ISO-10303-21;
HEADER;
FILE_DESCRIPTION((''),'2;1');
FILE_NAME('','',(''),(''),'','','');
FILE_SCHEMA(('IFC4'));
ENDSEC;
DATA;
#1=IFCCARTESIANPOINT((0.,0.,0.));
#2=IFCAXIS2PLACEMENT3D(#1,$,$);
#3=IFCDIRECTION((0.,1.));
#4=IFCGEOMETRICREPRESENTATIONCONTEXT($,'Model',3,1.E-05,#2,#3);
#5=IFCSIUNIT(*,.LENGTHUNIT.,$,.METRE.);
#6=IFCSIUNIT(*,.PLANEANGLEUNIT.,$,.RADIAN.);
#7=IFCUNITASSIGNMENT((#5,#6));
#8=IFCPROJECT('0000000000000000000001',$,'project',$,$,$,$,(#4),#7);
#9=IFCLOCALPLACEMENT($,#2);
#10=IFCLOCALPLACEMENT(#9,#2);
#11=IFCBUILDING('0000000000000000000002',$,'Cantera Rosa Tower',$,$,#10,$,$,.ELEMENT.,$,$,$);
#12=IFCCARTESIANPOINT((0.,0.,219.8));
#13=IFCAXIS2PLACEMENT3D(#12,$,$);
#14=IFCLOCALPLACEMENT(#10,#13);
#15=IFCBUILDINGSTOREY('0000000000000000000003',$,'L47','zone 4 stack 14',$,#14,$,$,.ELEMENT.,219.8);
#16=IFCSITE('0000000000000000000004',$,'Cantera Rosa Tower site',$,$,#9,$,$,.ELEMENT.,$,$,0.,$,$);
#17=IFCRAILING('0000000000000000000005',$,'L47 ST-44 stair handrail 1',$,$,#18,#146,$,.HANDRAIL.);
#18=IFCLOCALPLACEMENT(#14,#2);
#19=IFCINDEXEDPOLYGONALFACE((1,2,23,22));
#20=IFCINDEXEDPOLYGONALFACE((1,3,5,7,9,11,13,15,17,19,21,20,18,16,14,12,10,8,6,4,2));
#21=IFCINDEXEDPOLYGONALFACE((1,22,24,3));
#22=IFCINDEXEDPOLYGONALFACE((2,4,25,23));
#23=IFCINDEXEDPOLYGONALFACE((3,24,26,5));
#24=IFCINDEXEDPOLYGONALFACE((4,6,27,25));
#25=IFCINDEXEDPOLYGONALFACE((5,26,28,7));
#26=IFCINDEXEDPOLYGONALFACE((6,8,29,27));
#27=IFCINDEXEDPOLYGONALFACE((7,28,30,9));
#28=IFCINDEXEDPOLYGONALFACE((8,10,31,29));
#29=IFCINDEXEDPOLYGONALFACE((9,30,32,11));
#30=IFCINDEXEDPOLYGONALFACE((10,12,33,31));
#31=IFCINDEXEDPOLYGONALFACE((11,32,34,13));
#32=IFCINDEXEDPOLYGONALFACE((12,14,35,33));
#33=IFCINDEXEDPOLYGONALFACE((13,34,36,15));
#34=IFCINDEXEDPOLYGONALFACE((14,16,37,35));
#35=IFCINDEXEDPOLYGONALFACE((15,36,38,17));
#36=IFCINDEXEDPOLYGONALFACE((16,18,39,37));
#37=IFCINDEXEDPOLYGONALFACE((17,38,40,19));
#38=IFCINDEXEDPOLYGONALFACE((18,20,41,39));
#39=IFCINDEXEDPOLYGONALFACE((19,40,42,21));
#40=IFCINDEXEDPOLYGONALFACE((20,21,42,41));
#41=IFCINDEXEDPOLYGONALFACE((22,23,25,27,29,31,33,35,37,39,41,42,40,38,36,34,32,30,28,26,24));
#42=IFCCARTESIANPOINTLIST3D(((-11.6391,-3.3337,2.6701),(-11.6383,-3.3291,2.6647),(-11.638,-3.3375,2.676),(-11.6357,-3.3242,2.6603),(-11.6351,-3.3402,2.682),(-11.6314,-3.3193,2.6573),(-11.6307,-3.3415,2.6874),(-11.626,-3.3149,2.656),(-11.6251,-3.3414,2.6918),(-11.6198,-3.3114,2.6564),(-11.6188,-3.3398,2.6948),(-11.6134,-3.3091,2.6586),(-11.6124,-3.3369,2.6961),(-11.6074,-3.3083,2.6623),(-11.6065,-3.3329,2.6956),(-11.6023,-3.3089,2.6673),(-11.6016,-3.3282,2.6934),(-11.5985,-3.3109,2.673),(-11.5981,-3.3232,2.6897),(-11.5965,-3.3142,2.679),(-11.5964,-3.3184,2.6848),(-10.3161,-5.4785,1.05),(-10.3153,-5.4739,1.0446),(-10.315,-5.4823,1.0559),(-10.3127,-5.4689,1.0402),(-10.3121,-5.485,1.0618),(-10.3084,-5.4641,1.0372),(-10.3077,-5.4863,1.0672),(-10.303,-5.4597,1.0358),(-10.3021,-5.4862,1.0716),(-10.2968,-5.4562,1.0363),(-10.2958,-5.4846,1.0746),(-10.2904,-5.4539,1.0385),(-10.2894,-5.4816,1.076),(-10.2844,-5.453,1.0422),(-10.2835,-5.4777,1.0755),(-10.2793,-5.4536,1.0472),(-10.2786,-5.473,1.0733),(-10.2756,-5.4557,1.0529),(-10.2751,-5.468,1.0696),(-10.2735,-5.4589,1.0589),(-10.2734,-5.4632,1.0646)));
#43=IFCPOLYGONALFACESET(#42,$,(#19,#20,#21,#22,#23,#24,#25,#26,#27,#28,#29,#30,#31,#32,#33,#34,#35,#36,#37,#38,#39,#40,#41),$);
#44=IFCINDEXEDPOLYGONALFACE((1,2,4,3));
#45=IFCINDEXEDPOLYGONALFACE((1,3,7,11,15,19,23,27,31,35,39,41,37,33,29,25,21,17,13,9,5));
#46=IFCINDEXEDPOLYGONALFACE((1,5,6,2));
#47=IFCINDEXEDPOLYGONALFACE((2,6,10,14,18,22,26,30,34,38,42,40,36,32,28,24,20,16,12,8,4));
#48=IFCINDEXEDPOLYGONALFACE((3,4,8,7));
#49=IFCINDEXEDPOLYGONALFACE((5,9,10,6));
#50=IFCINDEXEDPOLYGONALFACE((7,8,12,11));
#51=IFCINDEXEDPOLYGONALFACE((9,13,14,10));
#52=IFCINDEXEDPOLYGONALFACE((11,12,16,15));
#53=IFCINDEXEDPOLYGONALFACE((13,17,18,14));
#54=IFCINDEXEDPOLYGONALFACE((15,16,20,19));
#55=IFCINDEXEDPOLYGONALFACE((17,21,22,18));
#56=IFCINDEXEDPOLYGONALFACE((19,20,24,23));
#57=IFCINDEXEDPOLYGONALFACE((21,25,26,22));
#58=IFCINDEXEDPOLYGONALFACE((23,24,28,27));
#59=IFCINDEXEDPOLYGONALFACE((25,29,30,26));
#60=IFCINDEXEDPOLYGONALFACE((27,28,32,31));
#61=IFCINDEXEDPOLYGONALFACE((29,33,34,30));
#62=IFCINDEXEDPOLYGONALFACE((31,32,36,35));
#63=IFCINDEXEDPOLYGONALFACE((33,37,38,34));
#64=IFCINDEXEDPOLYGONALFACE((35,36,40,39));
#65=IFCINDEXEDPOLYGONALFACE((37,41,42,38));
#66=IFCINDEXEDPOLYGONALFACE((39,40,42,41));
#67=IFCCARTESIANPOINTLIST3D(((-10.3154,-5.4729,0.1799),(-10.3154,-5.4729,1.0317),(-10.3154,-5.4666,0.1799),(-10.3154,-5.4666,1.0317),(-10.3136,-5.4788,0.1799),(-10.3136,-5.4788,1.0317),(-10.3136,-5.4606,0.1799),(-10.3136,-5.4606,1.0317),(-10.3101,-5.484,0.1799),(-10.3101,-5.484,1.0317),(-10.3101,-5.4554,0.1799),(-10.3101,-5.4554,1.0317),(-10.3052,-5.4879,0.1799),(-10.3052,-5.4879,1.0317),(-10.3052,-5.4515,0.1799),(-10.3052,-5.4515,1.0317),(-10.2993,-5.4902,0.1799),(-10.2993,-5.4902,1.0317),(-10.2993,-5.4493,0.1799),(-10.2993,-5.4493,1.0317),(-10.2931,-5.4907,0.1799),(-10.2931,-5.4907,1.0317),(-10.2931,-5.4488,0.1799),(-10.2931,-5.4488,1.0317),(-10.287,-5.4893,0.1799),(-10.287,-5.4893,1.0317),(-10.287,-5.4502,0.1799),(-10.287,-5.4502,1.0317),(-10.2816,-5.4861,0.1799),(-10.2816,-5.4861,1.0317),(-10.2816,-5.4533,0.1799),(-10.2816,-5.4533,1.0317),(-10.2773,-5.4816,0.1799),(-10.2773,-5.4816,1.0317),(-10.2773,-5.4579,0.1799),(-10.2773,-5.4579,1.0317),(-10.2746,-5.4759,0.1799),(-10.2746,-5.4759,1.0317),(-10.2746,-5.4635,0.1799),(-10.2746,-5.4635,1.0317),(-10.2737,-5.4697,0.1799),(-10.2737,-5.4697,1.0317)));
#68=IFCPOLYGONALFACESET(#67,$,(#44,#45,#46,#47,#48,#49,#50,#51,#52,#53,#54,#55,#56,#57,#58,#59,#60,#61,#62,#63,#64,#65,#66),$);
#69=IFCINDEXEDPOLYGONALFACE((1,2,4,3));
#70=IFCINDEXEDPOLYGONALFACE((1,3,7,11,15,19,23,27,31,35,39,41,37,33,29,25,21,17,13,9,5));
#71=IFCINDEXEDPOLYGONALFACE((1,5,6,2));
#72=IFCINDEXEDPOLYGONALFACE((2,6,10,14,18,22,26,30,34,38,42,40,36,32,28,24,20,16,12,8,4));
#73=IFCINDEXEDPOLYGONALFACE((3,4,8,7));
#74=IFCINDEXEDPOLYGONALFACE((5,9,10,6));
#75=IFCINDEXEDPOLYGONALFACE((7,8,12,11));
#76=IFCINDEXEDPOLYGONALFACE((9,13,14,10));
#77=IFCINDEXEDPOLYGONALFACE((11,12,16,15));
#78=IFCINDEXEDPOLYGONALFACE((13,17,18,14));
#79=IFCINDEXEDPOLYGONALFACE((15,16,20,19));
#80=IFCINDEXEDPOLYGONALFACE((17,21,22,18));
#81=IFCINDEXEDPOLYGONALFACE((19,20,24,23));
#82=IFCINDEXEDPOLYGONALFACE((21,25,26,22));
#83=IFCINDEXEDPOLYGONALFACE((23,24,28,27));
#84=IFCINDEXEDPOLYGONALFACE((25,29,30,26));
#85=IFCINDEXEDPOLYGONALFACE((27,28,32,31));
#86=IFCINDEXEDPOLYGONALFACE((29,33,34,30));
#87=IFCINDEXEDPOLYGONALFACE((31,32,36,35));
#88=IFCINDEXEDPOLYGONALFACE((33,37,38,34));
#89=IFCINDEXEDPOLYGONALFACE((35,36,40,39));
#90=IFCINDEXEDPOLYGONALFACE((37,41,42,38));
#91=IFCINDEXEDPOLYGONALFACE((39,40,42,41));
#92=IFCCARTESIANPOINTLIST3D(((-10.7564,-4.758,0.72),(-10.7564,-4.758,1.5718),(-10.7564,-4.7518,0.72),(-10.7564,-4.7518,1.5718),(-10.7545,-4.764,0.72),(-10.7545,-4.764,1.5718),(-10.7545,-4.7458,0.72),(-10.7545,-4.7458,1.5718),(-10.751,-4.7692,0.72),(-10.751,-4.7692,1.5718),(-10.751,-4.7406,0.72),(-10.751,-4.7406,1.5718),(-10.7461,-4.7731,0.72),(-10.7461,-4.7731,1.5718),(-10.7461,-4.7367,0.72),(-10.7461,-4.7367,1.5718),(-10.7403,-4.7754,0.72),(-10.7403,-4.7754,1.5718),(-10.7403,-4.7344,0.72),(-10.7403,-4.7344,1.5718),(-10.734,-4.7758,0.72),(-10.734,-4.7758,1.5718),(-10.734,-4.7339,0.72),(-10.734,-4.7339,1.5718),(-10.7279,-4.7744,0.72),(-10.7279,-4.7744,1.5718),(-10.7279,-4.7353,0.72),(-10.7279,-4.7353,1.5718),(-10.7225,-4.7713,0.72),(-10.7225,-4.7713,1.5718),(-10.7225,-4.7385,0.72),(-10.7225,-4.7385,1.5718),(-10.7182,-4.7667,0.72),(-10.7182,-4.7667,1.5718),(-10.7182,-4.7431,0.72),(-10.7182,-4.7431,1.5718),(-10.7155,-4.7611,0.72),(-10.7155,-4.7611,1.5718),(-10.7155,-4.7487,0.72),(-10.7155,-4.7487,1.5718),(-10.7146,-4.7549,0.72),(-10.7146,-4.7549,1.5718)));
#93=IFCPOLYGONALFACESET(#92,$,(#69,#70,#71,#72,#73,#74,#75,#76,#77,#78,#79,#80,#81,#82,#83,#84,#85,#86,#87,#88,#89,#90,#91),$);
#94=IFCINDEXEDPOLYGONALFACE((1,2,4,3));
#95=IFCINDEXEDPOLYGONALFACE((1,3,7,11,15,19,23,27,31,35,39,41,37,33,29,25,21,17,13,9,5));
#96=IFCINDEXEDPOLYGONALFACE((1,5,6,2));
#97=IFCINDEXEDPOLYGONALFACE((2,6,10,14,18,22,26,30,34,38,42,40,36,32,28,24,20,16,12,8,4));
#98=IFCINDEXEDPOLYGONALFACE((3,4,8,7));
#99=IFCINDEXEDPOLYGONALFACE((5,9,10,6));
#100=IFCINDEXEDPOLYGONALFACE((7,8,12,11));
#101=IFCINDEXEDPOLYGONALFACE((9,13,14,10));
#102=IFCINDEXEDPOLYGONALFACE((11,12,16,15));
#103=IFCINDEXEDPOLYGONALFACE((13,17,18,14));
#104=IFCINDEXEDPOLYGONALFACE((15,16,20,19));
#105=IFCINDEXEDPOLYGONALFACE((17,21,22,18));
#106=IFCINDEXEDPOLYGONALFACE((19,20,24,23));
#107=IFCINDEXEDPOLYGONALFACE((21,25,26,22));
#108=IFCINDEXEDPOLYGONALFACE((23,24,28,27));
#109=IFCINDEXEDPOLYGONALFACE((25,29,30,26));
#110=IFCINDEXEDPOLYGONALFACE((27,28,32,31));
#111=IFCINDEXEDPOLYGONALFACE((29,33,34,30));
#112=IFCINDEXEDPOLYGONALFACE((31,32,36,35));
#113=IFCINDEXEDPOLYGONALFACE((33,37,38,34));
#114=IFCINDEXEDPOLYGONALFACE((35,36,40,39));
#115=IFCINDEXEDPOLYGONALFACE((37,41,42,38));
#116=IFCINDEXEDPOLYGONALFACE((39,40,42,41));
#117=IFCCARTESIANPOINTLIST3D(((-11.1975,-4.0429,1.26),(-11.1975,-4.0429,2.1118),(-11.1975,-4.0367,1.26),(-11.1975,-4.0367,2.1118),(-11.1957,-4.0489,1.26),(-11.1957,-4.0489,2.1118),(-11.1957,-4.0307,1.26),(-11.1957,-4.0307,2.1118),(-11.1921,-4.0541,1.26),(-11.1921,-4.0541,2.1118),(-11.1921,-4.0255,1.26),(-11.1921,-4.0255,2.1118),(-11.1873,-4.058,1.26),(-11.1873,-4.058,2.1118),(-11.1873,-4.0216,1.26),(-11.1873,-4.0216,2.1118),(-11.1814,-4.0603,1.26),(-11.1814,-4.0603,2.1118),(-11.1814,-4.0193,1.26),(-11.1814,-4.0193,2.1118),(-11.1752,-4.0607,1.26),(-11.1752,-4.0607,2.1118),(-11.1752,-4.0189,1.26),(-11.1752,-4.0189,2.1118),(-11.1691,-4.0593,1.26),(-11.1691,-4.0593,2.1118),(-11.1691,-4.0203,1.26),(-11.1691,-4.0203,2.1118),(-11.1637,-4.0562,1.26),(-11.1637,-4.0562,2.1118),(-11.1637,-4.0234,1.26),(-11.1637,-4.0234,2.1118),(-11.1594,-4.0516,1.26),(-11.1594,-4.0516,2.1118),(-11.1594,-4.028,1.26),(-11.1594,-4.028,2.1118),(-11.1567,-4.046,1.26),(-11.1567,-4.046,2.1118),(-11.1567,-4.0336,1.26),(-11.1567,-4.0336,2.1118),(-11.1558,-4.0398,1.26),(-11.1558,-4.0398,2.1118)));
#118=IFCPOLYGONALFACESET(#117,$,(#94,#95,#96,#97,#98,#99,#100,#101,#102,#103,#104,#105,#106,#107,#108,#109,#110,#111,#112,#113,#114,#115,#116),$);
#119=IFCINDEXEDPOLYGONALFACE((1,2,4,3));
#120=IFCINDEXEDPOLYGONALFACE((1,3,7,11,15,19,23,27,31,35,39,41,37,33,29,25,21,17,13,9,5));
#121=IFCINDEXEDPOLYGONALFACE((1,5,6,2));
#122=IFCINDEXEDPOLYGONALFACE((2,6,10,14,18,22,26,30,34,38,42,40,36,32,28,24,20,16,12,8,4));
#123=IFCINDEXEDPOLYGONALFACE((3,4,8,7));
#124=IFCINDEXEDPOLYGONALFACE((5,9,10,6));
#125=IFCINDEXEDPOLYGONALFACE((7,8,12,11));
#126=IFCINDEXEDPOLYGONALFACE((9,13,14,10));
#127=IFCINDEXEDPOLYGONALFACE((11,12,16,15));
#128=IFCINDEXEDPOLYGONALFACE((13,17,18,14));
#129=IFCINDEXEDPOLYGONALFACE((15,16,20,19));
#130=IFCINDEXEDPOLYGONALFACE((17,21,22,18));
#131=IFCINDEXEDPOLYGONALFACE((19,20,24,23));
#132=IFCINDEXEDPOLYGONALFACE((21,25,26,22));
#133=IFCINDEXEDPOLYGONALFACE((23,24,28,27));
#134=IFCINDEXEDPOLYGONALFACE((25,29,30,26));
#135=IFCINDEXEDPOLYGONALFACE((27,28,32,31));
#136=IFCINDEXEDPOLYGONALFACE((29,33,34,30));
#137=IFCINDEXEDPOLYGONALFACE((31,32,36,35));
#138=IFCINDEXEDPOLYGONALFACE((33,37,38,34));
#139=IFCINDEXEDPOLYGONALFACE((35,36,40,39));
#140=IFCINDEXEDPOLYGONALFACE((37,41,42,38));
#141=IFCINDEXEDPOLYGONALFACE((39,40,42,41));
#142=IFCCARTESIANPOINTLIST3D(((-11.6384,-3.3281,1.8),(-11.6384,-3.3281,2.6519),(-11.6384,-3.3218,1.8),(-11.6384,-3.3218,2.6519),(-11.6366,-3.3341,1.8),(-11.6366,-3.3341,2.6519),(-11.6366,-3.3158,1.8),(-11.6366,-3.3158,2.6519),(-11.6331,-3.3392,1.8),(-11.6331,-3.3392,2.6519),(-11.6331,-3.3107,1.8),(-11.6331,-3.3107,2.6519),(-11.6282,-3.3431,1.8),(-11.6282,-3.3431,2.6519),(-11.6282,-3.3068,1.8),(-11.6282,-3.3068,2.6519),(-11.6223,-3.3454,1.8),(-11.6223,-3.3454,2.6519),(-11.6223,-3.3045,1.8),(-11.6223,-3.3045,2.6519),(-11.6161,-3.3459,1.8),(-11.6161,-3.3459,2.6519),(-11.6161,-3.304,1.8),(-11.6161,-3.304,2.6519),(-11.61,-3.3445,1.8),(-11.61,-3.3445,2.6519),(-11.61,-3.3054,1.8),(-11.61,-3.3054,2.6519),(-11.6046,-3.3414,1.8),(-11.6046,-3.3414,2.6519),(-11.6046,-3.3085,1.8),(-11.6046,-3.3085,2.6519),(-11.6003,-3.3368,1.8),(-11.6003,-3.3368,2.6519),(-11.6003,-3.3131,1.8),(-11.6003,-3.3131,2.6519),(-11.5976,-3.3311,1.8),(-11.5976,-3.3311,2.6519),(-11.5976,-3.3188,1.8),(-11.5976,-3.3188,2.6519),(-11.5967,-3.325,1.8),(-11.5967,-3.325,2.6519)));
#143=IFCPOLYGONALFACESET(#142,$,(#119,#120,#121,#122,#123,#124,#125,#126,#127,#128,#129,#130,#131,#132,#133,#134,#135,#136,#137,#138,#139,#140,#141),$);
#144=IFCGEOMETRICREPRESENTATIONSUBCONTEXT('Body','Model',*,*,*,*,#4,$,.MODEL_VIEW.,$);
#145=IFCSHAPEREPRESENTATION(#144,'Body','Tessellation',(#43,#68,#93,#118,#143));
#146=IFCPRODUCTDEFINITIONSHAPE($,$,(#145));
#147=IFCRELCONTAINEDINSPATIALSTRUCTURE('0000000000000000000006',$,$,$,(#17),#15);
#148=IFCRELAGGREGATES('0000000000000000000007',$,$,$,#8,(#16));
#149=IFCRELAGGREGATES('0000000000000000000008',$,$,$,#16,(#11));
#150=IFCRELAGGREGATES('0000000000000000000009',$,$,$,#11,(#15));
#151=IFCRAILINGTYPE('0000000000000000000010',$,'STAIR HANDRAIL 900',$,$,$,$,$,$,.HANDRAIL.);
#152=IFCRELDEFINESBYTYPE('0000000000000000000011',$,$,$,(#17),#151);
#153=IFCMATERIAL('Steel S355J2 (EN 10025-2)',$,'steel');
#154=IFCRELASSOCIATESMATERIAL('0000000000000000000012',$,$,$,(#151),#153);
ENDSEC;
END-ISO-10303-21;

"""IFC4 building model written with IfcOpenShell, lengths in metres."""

from ifc_helpers import new_model, si_unit, direction, frame, origin, origin_2d, place, context, subcontext, project, spatial, circle, extrude, material, type_object, element, save


model = new_model("IFC4")

# Units and contexts
model_context = context("Model", 3, precision=1e-05, world=origin(), true_north=direction((0.0, 1.0)))
body_context = subcontext(model_context, "Body", "Model", "MODEL_VIEW")
ifc_project = project(units=[si_unit("LENGTHUNIT", "METRE"), si_unit("PLANEANGLEUNIT", "RADIAN")], contexts=[model_context])

# Site, building, storey
site_placement = place(None, origin())
site = spatial("IfcSite", under=ifc_project, at=site_placement, Name="Cantera Rosa Tower site", CompositionType="ELEMENT", RefElevation=0.0)
building_placement = place(site_placement, origin())
building = spatial("IfcBuilding", under=site, at=building_placement, Name="Cantera Rosa Tower", CompositionType="ELEMENT")
storey_placement = place(building_placement, frame((0.0, 0.0, 219.8)))
storey = spatial("IfcBuildingStorey", under=building, at=storey_placement, Name="L47", Description="zone 4 stack 14", CompositionType="ELEMENT", Elevation=219.8)

# Railing
ifc_material_1 = material(Name="Steel S355J2 (EN 10025-2)", Category="steel")
railing_type_1 = type_object("IfcRailingType", Name="STAIR HANDRAIL 900", PredefinedType="HANDRAIL", material=ifc_material_1)
railing_1_placement = place(storey_placement, frame((-10.2947, -5.4697, 0.1799)))
element("IfcRailing", 1, at=railing_1_placement, inside=storey, type_object=railing_type_1, Name="L47 ST-44 stair handrail 1", PredefinedType="HANDRAIL", context=body_context, shape_type="SweptSolid", body=[
    extrude(circle(Radius=0.0239, at=origin_2d()), frame((0.0, 0.0, 0.876), z_axis=(-0.441609, 0.715914, 0.540786), x_axis=(-0.851102, -0.525, 0.0)), (0.0, 0.0, 1.0), 2.9958),
    extrude(circle(Radius=0.021, at=origin_2d()), origin(), (0.0, 0.0, 1.0), 0.8518),
    extrude(circle(Radius=0.021, at=origin_2d()), frame((-0.4409, 0.7148, 0.54)), (0.0, 0.0, 1.0), 0.8518),
    extrude(circle(Radius=0.021, at=origin_2d()), frame((-0.8821, 1.4299, 1.0801)), (0.0, 0.0, 1.0), 0.8518),
    extrude(circle(Radius=0.021, at=origin_2d()), frame((-1.323, 2.1448, 1.6201)), (0.0, 0.0, 1.0), 0.8518),
])

save(model, "model.ifc")
